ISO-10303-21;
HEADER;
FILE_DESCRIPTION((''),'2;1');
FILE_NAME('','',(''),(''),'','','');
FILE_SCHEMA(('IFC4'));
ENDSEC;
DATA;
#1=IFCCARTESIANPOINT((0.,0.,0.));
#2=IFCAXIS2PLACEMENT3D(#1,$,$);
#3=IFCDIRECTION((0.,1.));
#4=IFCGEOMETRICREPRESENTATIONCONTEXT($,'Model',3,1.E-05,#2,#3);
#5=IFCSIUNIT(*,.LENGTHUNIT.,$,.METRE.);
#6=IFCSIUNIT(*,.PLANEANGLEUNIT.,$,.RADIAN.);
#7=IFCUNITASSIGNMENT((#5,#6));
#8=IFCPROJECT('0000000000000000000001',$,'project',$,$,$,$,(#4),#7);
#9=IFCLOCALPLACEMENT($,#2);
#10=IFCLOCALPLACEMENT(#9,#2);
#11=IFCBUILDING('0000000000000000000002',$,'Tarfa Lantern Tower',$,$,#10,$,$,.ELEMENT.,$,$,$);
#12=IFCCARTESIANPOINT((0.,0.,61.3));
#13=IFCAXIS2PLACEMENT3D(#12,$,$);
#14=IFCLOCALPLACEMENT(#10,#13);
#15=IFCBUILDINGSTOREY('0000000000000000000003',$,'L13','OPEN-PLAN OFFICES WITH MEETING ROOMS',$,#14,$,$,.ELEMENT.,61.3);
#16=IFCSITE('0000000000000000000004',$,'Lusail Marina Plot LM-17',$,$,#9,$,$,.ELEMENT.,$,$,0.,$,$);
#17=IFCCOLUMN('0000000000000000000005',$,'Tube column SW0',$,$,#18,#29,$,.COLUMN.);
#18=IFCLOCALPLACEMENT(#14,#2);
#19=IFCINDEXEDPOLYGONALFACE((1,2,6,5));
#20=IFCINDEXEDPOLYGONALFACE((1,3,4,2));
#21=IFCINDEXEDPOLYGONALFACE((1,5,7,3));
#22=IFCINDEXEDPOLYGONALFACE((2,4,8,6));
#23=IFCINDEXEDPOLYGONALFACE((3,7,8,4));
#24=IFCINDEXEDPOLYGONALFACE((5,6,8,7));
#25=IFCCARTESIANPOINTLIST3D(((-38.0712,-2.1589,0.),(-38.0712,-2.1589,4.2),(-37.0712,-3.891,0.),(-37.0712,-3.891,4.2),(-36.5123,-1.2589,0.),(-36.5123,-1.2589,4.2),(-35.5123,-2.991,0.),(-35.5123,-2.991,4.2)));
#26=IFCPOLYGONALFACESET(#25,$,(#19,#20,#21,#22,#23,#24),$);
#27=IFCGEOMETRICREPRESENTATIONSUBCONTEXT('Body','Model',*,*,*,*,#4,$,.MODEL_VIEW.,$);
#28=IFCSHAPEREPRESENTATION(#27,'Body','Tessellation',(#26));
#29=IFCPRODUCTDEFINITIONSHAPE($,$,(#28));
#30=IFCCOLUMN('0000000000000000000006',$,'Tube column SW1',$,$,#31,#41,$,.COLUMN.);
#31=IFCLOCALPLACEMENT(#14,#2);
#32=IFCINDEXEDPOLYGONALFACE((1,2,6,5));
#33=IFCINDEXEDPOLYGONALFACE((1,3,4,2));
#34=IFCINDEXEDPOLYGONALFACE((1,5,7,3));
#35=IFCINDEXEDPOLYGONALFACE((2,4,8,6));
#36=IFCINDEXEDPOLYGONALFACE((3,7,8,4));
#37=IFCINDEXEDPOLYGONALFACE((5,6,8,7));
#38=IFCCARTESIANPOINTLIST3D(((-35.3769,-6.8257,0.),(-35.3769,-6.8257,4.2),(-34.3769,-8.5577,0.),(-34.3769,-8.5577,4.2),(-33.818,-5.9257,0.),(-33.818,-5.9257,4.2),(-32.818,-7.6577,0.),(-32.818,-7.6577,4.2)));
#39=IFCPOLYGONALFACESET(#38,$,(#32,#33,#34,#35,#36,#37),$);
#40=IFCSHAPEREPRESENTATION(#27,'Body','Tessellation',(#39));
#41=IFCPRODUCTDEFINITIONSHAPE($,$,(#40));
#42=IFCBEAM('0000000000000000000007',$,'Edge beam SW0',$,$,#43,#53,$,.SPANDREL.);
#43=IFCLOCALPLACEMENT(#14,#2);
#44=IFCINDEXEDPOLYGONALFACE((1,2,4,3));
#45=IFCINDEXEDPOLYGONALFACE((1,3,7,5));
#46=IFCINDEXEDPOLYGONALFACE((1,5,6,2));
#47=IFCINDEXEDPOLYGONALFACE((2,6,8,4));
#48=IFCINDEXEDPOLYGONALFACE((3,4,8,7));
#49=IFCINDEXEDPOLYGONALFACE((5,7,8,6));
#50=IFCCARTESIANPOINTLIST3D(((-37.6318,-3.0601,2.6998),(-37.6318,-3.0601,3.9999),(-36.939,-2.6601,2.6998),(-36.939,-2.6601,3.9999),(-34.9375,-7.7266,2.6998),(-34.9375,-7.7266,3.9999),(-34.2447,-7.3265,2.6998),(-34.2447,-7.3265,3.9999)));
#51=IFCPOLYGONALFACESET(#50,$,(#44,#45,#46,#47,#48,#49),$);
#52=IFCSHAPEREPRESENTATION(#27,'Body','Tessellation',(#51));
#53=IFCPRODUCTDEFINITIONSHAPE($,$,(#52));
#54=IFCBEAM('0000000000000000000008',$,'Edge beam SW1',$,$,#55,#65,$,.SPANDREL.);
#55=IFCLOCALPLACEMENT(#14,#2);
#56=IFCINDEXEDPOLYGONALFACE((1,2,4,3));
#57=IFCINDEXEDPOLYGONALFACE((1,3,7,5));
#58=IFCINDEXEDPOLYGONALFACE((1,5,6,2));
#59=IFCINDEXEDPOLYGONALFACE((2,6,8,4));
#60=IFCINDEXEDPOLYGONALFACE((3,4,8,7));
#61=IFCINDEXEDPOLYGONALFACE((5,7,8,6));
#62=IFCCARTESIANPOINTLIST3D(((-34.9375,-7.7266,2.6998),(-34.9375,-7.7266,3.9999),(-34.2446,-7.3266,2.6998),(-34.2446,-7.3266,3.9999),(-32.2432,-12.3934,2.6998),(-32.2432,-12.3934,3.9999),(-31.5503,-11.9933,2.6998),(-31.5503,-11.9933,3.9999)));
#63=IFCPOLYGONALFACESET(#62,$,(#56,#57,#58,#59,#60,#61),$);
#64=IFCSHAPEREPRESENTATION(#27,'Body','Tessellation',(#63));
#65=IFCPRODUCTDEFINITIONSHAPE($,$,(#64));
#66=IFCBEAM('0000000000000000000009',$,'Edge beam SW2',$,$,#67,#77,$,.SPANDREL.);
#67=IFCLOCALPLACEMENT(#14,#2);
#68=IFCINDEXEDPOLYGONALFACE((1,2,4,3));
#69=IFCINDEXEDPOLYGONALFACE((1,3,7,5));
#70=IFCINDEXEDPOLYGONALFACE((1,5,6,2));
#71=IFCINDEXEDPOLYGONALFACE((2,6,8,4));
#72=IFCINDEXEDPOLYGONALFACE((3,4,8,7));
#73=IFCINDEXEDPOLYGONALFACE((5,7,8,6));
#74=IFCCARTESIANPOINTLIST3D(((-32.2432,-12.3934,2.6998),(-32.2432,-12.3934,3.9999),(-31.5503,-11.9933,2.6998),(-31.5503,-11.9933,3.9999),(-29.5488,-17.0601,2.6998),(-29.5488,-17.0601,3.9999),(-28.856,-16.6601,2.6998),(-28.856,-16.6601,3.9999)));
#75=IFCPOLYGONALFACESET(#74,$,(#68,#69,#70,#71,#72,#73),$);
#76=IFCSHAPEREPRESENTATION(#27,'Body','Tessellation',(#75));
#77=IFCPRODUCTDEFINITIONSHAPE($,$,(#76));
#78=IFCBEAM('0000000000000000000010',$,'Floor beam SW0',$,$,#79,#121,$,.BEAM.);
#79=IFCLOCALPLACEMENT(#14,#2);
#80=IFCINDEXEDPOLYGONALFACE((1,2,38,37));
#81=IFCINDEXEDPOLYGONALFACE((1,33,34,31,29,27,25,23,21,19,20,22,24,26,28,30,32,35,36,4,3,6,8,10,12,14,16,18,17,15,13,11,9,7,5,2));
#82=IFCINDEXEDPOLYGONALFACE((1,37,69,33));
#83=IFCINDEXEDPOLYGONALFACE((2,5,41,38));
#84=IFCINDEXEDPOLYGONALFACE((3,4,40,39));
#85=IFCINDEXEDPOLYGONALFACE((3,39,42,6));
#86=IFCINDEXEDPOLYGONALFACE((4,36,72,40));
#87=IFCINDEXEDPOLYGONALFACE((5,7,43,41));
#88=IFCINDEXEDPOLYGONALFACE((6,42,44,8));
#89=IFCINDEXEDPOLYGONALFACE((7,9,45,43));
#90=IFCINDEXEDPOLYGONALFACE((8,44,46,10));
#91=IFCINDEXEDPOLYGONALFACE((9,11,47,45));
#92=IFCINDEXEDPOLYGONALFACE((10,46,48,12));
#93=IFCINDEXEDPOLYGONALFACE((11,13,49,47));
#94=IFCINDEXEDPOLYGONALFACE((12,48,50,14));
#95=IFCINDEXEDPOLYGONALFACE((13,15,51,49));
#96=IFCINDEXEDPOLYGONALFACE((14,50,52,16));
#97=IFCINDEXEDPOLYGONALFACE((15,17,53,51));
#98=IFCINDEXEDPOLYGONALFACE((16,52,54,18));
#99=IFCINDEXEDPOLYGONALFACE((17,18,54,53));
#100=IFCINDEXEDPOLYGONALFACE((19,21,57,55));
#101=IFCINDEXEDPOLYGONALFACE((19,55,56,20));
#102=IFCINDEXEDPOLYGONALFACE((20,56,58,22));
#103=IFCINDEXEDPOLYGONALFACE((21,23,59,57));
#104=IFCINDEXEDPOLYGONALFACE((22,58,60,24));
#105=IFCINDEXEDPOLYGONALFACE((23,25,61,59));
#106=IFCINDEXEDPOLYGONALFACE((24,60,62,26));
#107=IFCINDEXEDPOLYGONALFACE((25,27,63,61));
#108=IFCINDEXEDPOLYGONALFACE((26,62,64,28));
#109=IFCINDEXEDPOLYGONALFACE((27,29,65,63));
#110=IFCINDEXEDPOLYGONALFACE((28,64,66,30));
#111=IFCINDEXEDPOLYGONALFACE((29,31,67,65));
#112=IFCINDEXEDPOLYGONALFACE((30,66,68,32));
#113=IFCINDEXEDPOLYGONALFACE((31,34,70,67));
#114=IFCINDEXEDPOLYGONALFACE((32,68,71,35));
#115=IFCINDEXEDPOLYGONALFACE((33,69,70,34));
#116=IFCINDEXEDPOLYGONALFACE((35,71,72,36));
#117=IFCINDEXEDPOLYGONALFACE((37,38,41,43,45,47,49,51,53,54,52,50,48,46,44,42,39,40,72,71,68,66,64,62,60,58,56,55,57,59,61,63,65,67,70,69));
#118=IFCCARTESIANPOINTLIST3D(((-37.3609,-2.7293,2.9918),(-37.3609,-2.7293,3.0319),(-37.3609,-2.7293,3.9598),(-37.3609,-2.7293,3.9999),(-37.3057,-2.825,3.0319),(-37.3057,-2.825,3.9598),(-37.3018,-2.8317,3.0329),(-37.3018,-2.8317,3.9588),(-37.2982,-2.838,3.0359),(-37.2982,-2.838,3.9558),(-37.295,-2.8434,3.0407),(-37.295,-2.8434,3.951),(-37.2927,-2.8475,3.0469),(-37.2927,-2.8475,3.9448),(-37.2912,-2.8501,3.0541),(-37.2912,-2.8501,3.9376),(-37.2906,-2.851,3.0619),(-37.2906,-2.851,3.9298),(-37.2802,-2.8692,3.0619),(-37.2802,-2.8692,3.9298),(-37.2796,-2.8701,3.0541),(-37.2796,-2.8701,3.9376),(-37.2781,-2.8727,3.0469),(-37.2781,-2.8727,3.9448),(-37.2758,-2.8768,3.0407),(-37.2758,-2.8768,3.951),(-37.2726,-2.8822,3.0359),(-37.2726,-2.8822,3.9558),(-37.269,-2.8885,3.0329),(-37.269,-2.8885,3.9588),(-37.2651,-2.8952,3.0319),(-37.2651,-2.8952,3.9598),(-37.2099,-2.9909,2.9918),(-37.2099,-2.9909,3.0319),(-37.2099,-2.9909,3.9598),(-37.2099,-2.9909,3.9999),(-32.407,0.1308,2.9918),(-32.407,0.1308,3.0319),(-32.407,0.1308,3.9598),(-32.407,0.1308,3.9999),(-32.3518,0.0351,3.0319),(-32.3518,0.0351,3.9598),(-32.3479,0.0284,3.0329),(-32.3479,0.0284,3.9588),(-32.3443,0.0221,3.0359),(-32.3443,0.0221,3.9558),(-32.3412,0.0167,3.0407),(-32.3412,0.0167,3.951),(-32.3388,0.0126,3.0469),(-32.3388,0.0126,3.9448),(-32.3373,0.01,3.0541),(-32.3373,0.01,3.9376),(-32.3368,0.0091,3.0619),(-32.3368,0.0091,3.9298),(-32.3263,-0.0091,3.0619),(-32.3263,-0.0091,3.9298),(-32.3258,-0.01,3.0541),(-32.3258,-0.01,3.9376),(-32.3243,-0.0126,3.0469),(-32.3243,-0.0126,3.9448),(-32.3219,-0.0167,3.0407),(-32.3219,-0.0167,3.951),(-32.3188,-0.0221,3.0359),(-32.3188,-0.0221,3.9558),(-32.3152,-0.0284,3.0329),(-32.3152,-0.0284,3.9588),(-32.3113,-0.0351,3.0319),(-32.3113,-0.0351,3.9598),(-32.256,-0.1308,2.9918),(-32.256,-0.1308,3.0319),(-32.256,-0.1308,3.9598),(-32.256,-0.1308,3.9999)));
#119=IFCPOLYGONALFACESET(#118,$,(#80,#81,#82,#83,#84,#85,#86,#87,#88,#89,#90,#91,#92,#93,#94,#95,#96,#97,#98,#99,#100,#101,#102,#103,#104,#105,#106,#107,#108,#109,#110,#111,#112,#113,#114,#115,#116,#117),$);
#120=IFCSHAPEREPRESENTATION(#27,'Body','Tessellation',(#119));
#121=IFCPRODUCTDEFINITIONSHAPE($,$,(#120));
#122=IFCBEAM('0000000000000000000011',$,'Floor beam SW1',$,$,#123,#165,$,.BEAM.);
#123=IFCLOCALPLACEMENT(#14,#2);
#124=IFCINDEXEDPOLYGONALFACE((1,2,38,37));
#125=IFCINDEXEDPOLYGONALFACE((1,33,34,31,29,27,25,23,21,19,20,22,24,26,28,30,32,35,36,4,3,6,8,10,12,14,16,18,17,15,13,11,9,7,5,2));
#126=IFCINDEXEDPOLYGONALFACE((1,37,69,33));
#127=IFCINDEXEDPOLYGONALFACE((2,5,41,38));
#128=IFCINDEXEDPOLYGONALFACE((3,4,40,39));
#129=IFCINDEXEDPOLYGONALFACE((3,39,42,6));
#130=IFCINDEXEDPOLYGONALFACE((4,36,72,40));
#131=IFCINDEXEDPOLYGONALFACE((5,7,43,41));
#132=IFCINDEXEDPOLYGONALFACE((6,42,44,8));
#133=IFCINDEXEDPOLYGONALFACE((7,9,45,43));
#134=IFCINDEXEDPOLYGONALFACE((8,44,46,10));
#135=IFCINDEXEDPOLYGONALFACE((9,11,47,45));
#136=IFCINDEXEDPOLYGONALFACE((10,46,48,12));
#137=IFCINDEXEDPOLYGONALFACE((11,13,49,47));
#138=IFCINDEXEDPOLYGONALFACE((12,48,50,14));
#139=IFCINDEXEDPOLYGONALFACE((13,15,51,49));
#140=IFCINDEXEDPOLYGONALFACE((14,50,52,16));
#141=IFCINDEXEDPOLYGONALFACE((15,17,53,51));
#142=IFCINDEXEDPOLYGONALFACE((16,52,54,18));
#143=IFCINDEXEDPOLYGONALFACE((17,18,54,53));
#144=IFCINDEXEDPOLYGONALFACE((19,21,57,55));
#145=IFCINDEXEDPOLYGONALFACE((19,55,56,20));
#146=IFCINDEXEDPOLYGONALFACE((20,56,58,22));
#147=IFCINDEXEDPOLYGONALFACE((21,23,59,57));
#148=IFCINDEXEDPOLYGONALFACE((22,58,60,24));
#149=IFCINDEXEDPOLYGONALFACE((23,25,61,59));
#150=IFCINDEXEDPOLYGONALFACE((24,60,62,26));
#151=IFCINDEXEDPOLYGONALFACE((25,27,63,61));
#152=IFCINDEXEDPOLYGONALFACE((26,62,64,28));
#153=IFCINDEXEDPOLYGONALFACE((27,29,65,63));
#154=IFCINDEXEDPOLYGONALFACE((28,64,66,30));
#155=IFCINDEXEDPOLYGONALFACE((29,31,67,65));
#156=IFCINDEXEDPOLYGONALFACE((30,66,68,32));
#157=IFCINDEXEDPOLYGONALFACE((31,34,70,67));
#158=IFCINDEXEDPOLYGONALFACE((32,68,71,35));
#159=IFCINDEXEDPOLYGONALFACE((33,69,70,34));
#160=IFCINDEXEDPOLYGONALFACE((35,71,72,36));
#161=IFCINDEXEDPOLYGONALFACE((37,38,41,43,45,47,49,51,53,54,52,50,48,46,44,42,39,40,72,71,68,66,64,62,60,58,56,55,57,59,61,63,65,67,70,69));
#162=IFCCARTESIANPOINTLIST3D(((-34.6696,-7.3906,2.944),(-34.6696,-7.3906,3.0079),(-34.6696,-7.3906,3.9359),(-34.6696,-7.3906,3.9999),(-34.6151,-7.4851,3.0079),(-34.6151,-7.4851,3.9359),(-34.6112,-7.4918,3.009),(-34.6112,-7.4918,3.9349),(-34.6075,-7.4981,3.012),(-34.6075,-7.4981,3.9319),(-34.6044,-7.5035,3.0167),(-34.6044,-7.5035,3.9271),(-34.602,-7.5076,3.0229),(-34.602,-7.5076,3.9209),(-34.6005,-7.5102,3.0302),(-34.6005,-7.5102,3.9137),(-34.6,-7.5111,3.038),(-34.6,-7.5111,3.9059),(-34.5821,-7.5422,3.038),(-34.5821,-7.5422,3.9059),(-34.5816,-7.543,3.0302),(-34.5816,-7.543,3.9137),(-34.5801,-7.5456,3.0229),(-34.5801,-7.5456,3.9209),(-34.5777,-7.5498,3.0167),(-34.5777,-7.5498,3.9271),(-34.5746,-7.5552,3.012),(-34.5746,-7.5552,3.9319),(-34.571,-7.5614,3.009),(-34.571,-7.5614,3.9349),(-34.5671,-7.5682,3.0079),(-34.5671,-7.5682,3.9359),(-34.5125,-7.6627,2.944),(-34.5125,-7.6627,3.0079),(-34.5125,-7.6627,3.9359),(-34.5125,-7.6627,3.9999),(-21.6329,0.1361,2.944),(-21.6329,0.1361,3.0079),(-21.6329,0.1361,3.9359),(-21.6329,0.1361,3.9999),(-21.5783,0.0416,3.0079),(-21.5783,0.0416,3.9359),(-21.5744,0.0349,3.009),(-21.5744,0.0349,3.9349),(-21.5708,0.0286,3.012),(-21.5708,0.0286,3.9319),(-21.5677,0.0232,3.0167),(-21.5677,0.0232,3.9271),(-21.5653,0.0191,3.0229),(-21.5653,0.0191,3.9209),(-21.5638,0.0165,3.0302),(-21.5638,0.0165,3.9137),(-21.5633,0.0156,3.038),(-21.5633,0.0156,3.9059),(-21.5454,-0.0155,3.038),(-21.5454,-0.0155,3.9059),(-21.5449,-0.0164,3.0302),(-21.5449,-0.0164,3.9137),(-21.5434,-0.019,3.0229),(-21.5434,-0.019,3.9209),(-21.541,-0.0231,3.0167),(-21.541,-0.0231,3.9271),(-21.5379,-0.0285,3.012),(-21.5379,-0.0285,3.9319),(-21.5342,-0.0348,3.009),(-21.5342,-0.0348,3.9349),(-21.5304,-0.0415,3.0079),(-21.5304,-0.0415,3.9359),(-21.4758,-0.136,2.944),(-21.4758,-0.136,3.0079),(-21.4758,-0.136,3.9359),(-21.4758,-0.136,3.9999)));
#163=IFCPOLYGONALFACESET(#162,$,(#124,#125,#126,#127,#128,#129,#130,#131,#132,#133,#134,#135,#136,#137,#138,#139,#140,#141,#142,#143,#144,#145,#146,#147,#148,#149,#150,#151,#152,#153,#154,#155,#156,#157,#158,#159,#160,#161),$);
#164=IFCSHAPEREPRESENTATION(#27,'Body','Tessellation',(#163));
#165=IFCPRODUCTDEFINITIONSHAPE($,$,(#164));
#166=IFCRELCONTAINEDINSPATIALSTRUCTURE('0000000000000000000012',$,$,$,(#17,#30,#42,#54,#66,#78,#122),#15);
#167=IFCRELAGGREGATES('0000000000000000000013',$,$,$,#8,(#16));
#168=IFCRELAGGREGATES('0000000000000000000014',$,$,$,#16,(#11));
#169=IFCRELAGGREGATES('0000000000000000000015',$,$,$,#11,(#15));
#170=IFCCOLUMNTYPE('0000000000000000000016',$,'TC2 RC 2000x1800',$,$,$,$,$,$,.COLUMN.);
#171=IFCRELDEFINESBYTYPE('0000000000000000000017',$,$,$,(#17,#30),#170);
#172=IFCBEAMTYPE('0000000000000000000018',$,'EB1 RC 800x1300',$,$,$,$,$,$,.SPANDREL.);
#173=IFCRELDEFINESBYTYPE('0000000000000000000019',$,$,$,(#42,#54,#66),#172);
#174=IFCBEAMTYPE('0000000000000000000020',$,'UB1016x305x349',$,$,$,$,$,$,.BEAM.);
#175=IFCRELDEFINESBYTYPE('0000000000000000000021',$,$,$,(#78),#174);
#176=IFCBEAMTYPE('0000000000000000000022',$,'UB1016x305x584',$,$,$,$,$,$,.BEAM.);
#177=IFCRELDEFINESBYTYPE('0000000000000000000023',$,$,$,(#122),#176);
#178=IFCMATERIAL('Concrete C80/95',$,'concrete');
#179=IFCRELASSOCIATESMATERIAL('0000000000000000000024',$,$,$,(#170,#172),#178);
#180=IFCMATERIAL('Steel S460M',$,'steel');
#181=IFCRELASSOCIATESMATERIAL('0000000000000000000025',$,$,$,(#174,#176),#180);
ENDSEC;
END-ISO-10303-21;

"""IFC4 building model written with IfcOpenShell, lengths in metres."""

from ifc_helpers import new_model, si_unit, direction, frame, origin, origin_2d, place, context, subcontext, project, spatial, rectangle, i_section, extrude, material, material_profile, profile_set, type_object, element, save


model = new_model("IFC4")

# Units and contexts
model_context = context("Model", 3, precision=1e-05, world=origin(), true_north=direction((0.0, 1.0)))
body_context = subcontext(model_context, "Body", "Model", "MODEL_VIEW")
ifc_project = project(units=[si_unit("LENGTHUNIT", "METRE"), si_unit("PLANEANGLEUNIT", "RADIAN")], contexts=[model_context])

# Site, building, storey
site_placement = place(None, origin())
site = spatial("IfcSite", under=ifc_project, at=site_placement, Name="Lusail Marina Plot LM-17", CompositionType="ELEMENT", RefElevation=0.0)
building_placement = place(site_placement, origin())
building = spatial("IfcBuilding", under=site, at=building_placement, Name="Tarfa Lantern Tower", CompositionType="ELEMENT")
storey_placement = place(building_placement, frame((0.0, 0.0, 61.3)))
storey = spatial("IfcBuildingStorey", under=building, at=storey_placement, Name="L13", Description="OPEN-PLAN OFFICES WITH MEETING ROOMS", CompositionType="ELEMENT", Elevation=61.3)

# Columns
ifc_material_1 = material(Name="Concrete C80/95", Category="concrete")
ifc_material_profile_1 = material_profile(ifc_material_1, rectangle(XDim=2.0, YDim=1.8, at=origin_2d()), Name="RC 2000x1800")
ifc_profile_set_1 = profile_set([ifc_material_profile_1], Name="Concrete C80/95")
column_type = type_object("IfcColumnType", Name="TC2 RC 2000x1800", PredefinedType="COLUMN", material=ifc_profile_set_1)
for number, where, z_axis, x_axis, name in (
    (1, (-36.7917, -2.575, 0.0), (0.0, 0.0, 1.0), (0.5, -0.866025, 0.0), "Tube column SW0"),
    (2, (-34.0974, -7.2417, 0.0), (0.0, 0.0, 1.0), (0.5, -0.866025, 0.0), "Tube column SW1"),
):
    element("IfcColumn", number, at=place(storey_placement, frame(where, z_axis=z_axis, x_axis=x_axis)), inside=storey, type_object=column_type, Name=name, PredefinedType="COLUMN", context=body_context, shape_type="SweptSolid", body=[
        extrude(rectangle(XDim=2.0, YDim=1.8, at=origin_2d()), origin(), (0.0, 0.0, 1.0), 4.2),
    ])

# Beams
ifc_material_profile_2 = material_profile(ifc_material_1, rectangle(XDim=0.8, YDim=1.3, at=origin_2d()), Name="RC 800x1300")
ifc_profile_set_2 = profile_set([ifc_material_profile_2], Name="Concrete C80/95")
beam_type_1 = type_object("IfcBeamType", Name="EB1 RC 800x1300", PredefinedType="SPANDREL", material=ifc_profile_set_2)
beam_1_placement = place(storey_placement, frame((-37.2854, -2.8601, 3.3499), z_axis=(0.500018, -0.866015, 0.0), x_axis=(0.866015, 0.500018, 0.0)))
element("IfcBeam", 3, at=beam_1_placement, inside=storey, type_object=beam_type_1, Name="Edge beam SW0", PredefinedType="SPANDREL", context=body_context, shape_type="SweptSolid", body=[
    extrude(rectangle(XDim=0.8, YDim=1.3, at=origin_2d()), origin(), (0.0, 0.0, 1.0), 5.3884),
])
for number, where, z_axis, x_axis, name in (
    (4, (-34.5911, -7.5266, 3.3499), (0.499998, -0.866026, 0.0), (0.866026, 0.499998, 0.0), "Edge beam SW1"),
    (5, (-31.8967, -12.1934, 3.3499), (0.499998, -0.866026, 0.0), (0.866026, 0.499998, 0.0), "Edge beam SW2"),
):
    element("IfcBeam", number, at=place(storey_placement, frame(where, z_axis=z_axis, x_axis=x_axis)), inside=storey, type_object=beam_type_1, Name=name, PredefinedType="SPANDREL", context=body_context, shape_type="SweptSolid", body=[
        extrude(rectangle(XDim=0.8, YDim=1.3, at=origin_2d()), origin(), (0.0, 0.0, 1.0), 5.3887),
    ])
ifc_material_2 = material(Name="Steel S460M", Category="steel")
ifc_material_profile_3 = material_profile(ifc_material_2, i_section(OverallWidth=0.302, OverallDepth=1.0081, WebThickness=0.021, FlangeThickness=0.04, FilletRadius=0.03, at=origin_2d()), Name="UB1016x305x349")
ifc_profile_set_3 = profile_set([ifc_material_profile_3], Name="Steel S460M")
beam_type_2 = type_object("IfcBeamType", Name="UB1016x305x349", PredefinedType="BEAM", material=ifc_profile_set_3)
beam_2_placement = place(storey_placement, frame((-37.2854, -2.8601, 3.4958), z_axis=(0.866026, 0.5, 0.0), x_axis=(-0.5, 0.866026, 0.0)))
element("IfcBeam", 6, at=beam_2_placement, inside=storey, type_object=beam_type_2, Name="Floor beam SW0", PredefinedType="BEAM", context=body_context, shape_type="SweptSolid", body=[
    extrude(i_section(OverallWidth=0.302, OverallDepth=1.0081, WebThickness=0.021, FlangeThickness=0.04, FilletRadius=0.03, at=origin_2d()), origin(), (0.0, 0.0, 1.0), 5.7202),
])
ifc_material_profile_4 = material_profile(ifc_material_2, i_section(OverallWidth=0.3142, OverallDepth=1.0559, WebThickness=0.0359, FlangeThickness=0.064, FilletRadius=0.03, at=origin_2d()), Name="UB1016x305x584")
ifc_profile_set_4 = profile_set([ifc_material_profile_4], Name="Steel S460M")
beam_type_3 = type_object("IfcBeamType", Name="UB1016x305x584", PredefinedType="BEAM", material=ifc_profile_set_4)
beam_3_placement = place(storey_placement, frame((-34.5911, -7.5266, 3.4719), z_axis=(0.866028, 0.499996, 0.0), x_axis=(-0.499996, 0.866028, 0.0)))
element("IfcBeam", 7, at=beam_3_placement, inside=storey, type_object=beam_type_3, Name="Floor beam SW1", PredefinedType="BEAM", context=body_context, shape_type="SweptSolid", body=[
    extrude(i_section(OverallWidth=0.3142, OverallDepth=1.0559, WebThickness=0.0359, FlangeThickness=0.064, FilletRadius=0.03, at=origin_2d()), origin(), (0.0, 0.0, 1.0), 15.0535),
])

save(model, "model.ifc")
